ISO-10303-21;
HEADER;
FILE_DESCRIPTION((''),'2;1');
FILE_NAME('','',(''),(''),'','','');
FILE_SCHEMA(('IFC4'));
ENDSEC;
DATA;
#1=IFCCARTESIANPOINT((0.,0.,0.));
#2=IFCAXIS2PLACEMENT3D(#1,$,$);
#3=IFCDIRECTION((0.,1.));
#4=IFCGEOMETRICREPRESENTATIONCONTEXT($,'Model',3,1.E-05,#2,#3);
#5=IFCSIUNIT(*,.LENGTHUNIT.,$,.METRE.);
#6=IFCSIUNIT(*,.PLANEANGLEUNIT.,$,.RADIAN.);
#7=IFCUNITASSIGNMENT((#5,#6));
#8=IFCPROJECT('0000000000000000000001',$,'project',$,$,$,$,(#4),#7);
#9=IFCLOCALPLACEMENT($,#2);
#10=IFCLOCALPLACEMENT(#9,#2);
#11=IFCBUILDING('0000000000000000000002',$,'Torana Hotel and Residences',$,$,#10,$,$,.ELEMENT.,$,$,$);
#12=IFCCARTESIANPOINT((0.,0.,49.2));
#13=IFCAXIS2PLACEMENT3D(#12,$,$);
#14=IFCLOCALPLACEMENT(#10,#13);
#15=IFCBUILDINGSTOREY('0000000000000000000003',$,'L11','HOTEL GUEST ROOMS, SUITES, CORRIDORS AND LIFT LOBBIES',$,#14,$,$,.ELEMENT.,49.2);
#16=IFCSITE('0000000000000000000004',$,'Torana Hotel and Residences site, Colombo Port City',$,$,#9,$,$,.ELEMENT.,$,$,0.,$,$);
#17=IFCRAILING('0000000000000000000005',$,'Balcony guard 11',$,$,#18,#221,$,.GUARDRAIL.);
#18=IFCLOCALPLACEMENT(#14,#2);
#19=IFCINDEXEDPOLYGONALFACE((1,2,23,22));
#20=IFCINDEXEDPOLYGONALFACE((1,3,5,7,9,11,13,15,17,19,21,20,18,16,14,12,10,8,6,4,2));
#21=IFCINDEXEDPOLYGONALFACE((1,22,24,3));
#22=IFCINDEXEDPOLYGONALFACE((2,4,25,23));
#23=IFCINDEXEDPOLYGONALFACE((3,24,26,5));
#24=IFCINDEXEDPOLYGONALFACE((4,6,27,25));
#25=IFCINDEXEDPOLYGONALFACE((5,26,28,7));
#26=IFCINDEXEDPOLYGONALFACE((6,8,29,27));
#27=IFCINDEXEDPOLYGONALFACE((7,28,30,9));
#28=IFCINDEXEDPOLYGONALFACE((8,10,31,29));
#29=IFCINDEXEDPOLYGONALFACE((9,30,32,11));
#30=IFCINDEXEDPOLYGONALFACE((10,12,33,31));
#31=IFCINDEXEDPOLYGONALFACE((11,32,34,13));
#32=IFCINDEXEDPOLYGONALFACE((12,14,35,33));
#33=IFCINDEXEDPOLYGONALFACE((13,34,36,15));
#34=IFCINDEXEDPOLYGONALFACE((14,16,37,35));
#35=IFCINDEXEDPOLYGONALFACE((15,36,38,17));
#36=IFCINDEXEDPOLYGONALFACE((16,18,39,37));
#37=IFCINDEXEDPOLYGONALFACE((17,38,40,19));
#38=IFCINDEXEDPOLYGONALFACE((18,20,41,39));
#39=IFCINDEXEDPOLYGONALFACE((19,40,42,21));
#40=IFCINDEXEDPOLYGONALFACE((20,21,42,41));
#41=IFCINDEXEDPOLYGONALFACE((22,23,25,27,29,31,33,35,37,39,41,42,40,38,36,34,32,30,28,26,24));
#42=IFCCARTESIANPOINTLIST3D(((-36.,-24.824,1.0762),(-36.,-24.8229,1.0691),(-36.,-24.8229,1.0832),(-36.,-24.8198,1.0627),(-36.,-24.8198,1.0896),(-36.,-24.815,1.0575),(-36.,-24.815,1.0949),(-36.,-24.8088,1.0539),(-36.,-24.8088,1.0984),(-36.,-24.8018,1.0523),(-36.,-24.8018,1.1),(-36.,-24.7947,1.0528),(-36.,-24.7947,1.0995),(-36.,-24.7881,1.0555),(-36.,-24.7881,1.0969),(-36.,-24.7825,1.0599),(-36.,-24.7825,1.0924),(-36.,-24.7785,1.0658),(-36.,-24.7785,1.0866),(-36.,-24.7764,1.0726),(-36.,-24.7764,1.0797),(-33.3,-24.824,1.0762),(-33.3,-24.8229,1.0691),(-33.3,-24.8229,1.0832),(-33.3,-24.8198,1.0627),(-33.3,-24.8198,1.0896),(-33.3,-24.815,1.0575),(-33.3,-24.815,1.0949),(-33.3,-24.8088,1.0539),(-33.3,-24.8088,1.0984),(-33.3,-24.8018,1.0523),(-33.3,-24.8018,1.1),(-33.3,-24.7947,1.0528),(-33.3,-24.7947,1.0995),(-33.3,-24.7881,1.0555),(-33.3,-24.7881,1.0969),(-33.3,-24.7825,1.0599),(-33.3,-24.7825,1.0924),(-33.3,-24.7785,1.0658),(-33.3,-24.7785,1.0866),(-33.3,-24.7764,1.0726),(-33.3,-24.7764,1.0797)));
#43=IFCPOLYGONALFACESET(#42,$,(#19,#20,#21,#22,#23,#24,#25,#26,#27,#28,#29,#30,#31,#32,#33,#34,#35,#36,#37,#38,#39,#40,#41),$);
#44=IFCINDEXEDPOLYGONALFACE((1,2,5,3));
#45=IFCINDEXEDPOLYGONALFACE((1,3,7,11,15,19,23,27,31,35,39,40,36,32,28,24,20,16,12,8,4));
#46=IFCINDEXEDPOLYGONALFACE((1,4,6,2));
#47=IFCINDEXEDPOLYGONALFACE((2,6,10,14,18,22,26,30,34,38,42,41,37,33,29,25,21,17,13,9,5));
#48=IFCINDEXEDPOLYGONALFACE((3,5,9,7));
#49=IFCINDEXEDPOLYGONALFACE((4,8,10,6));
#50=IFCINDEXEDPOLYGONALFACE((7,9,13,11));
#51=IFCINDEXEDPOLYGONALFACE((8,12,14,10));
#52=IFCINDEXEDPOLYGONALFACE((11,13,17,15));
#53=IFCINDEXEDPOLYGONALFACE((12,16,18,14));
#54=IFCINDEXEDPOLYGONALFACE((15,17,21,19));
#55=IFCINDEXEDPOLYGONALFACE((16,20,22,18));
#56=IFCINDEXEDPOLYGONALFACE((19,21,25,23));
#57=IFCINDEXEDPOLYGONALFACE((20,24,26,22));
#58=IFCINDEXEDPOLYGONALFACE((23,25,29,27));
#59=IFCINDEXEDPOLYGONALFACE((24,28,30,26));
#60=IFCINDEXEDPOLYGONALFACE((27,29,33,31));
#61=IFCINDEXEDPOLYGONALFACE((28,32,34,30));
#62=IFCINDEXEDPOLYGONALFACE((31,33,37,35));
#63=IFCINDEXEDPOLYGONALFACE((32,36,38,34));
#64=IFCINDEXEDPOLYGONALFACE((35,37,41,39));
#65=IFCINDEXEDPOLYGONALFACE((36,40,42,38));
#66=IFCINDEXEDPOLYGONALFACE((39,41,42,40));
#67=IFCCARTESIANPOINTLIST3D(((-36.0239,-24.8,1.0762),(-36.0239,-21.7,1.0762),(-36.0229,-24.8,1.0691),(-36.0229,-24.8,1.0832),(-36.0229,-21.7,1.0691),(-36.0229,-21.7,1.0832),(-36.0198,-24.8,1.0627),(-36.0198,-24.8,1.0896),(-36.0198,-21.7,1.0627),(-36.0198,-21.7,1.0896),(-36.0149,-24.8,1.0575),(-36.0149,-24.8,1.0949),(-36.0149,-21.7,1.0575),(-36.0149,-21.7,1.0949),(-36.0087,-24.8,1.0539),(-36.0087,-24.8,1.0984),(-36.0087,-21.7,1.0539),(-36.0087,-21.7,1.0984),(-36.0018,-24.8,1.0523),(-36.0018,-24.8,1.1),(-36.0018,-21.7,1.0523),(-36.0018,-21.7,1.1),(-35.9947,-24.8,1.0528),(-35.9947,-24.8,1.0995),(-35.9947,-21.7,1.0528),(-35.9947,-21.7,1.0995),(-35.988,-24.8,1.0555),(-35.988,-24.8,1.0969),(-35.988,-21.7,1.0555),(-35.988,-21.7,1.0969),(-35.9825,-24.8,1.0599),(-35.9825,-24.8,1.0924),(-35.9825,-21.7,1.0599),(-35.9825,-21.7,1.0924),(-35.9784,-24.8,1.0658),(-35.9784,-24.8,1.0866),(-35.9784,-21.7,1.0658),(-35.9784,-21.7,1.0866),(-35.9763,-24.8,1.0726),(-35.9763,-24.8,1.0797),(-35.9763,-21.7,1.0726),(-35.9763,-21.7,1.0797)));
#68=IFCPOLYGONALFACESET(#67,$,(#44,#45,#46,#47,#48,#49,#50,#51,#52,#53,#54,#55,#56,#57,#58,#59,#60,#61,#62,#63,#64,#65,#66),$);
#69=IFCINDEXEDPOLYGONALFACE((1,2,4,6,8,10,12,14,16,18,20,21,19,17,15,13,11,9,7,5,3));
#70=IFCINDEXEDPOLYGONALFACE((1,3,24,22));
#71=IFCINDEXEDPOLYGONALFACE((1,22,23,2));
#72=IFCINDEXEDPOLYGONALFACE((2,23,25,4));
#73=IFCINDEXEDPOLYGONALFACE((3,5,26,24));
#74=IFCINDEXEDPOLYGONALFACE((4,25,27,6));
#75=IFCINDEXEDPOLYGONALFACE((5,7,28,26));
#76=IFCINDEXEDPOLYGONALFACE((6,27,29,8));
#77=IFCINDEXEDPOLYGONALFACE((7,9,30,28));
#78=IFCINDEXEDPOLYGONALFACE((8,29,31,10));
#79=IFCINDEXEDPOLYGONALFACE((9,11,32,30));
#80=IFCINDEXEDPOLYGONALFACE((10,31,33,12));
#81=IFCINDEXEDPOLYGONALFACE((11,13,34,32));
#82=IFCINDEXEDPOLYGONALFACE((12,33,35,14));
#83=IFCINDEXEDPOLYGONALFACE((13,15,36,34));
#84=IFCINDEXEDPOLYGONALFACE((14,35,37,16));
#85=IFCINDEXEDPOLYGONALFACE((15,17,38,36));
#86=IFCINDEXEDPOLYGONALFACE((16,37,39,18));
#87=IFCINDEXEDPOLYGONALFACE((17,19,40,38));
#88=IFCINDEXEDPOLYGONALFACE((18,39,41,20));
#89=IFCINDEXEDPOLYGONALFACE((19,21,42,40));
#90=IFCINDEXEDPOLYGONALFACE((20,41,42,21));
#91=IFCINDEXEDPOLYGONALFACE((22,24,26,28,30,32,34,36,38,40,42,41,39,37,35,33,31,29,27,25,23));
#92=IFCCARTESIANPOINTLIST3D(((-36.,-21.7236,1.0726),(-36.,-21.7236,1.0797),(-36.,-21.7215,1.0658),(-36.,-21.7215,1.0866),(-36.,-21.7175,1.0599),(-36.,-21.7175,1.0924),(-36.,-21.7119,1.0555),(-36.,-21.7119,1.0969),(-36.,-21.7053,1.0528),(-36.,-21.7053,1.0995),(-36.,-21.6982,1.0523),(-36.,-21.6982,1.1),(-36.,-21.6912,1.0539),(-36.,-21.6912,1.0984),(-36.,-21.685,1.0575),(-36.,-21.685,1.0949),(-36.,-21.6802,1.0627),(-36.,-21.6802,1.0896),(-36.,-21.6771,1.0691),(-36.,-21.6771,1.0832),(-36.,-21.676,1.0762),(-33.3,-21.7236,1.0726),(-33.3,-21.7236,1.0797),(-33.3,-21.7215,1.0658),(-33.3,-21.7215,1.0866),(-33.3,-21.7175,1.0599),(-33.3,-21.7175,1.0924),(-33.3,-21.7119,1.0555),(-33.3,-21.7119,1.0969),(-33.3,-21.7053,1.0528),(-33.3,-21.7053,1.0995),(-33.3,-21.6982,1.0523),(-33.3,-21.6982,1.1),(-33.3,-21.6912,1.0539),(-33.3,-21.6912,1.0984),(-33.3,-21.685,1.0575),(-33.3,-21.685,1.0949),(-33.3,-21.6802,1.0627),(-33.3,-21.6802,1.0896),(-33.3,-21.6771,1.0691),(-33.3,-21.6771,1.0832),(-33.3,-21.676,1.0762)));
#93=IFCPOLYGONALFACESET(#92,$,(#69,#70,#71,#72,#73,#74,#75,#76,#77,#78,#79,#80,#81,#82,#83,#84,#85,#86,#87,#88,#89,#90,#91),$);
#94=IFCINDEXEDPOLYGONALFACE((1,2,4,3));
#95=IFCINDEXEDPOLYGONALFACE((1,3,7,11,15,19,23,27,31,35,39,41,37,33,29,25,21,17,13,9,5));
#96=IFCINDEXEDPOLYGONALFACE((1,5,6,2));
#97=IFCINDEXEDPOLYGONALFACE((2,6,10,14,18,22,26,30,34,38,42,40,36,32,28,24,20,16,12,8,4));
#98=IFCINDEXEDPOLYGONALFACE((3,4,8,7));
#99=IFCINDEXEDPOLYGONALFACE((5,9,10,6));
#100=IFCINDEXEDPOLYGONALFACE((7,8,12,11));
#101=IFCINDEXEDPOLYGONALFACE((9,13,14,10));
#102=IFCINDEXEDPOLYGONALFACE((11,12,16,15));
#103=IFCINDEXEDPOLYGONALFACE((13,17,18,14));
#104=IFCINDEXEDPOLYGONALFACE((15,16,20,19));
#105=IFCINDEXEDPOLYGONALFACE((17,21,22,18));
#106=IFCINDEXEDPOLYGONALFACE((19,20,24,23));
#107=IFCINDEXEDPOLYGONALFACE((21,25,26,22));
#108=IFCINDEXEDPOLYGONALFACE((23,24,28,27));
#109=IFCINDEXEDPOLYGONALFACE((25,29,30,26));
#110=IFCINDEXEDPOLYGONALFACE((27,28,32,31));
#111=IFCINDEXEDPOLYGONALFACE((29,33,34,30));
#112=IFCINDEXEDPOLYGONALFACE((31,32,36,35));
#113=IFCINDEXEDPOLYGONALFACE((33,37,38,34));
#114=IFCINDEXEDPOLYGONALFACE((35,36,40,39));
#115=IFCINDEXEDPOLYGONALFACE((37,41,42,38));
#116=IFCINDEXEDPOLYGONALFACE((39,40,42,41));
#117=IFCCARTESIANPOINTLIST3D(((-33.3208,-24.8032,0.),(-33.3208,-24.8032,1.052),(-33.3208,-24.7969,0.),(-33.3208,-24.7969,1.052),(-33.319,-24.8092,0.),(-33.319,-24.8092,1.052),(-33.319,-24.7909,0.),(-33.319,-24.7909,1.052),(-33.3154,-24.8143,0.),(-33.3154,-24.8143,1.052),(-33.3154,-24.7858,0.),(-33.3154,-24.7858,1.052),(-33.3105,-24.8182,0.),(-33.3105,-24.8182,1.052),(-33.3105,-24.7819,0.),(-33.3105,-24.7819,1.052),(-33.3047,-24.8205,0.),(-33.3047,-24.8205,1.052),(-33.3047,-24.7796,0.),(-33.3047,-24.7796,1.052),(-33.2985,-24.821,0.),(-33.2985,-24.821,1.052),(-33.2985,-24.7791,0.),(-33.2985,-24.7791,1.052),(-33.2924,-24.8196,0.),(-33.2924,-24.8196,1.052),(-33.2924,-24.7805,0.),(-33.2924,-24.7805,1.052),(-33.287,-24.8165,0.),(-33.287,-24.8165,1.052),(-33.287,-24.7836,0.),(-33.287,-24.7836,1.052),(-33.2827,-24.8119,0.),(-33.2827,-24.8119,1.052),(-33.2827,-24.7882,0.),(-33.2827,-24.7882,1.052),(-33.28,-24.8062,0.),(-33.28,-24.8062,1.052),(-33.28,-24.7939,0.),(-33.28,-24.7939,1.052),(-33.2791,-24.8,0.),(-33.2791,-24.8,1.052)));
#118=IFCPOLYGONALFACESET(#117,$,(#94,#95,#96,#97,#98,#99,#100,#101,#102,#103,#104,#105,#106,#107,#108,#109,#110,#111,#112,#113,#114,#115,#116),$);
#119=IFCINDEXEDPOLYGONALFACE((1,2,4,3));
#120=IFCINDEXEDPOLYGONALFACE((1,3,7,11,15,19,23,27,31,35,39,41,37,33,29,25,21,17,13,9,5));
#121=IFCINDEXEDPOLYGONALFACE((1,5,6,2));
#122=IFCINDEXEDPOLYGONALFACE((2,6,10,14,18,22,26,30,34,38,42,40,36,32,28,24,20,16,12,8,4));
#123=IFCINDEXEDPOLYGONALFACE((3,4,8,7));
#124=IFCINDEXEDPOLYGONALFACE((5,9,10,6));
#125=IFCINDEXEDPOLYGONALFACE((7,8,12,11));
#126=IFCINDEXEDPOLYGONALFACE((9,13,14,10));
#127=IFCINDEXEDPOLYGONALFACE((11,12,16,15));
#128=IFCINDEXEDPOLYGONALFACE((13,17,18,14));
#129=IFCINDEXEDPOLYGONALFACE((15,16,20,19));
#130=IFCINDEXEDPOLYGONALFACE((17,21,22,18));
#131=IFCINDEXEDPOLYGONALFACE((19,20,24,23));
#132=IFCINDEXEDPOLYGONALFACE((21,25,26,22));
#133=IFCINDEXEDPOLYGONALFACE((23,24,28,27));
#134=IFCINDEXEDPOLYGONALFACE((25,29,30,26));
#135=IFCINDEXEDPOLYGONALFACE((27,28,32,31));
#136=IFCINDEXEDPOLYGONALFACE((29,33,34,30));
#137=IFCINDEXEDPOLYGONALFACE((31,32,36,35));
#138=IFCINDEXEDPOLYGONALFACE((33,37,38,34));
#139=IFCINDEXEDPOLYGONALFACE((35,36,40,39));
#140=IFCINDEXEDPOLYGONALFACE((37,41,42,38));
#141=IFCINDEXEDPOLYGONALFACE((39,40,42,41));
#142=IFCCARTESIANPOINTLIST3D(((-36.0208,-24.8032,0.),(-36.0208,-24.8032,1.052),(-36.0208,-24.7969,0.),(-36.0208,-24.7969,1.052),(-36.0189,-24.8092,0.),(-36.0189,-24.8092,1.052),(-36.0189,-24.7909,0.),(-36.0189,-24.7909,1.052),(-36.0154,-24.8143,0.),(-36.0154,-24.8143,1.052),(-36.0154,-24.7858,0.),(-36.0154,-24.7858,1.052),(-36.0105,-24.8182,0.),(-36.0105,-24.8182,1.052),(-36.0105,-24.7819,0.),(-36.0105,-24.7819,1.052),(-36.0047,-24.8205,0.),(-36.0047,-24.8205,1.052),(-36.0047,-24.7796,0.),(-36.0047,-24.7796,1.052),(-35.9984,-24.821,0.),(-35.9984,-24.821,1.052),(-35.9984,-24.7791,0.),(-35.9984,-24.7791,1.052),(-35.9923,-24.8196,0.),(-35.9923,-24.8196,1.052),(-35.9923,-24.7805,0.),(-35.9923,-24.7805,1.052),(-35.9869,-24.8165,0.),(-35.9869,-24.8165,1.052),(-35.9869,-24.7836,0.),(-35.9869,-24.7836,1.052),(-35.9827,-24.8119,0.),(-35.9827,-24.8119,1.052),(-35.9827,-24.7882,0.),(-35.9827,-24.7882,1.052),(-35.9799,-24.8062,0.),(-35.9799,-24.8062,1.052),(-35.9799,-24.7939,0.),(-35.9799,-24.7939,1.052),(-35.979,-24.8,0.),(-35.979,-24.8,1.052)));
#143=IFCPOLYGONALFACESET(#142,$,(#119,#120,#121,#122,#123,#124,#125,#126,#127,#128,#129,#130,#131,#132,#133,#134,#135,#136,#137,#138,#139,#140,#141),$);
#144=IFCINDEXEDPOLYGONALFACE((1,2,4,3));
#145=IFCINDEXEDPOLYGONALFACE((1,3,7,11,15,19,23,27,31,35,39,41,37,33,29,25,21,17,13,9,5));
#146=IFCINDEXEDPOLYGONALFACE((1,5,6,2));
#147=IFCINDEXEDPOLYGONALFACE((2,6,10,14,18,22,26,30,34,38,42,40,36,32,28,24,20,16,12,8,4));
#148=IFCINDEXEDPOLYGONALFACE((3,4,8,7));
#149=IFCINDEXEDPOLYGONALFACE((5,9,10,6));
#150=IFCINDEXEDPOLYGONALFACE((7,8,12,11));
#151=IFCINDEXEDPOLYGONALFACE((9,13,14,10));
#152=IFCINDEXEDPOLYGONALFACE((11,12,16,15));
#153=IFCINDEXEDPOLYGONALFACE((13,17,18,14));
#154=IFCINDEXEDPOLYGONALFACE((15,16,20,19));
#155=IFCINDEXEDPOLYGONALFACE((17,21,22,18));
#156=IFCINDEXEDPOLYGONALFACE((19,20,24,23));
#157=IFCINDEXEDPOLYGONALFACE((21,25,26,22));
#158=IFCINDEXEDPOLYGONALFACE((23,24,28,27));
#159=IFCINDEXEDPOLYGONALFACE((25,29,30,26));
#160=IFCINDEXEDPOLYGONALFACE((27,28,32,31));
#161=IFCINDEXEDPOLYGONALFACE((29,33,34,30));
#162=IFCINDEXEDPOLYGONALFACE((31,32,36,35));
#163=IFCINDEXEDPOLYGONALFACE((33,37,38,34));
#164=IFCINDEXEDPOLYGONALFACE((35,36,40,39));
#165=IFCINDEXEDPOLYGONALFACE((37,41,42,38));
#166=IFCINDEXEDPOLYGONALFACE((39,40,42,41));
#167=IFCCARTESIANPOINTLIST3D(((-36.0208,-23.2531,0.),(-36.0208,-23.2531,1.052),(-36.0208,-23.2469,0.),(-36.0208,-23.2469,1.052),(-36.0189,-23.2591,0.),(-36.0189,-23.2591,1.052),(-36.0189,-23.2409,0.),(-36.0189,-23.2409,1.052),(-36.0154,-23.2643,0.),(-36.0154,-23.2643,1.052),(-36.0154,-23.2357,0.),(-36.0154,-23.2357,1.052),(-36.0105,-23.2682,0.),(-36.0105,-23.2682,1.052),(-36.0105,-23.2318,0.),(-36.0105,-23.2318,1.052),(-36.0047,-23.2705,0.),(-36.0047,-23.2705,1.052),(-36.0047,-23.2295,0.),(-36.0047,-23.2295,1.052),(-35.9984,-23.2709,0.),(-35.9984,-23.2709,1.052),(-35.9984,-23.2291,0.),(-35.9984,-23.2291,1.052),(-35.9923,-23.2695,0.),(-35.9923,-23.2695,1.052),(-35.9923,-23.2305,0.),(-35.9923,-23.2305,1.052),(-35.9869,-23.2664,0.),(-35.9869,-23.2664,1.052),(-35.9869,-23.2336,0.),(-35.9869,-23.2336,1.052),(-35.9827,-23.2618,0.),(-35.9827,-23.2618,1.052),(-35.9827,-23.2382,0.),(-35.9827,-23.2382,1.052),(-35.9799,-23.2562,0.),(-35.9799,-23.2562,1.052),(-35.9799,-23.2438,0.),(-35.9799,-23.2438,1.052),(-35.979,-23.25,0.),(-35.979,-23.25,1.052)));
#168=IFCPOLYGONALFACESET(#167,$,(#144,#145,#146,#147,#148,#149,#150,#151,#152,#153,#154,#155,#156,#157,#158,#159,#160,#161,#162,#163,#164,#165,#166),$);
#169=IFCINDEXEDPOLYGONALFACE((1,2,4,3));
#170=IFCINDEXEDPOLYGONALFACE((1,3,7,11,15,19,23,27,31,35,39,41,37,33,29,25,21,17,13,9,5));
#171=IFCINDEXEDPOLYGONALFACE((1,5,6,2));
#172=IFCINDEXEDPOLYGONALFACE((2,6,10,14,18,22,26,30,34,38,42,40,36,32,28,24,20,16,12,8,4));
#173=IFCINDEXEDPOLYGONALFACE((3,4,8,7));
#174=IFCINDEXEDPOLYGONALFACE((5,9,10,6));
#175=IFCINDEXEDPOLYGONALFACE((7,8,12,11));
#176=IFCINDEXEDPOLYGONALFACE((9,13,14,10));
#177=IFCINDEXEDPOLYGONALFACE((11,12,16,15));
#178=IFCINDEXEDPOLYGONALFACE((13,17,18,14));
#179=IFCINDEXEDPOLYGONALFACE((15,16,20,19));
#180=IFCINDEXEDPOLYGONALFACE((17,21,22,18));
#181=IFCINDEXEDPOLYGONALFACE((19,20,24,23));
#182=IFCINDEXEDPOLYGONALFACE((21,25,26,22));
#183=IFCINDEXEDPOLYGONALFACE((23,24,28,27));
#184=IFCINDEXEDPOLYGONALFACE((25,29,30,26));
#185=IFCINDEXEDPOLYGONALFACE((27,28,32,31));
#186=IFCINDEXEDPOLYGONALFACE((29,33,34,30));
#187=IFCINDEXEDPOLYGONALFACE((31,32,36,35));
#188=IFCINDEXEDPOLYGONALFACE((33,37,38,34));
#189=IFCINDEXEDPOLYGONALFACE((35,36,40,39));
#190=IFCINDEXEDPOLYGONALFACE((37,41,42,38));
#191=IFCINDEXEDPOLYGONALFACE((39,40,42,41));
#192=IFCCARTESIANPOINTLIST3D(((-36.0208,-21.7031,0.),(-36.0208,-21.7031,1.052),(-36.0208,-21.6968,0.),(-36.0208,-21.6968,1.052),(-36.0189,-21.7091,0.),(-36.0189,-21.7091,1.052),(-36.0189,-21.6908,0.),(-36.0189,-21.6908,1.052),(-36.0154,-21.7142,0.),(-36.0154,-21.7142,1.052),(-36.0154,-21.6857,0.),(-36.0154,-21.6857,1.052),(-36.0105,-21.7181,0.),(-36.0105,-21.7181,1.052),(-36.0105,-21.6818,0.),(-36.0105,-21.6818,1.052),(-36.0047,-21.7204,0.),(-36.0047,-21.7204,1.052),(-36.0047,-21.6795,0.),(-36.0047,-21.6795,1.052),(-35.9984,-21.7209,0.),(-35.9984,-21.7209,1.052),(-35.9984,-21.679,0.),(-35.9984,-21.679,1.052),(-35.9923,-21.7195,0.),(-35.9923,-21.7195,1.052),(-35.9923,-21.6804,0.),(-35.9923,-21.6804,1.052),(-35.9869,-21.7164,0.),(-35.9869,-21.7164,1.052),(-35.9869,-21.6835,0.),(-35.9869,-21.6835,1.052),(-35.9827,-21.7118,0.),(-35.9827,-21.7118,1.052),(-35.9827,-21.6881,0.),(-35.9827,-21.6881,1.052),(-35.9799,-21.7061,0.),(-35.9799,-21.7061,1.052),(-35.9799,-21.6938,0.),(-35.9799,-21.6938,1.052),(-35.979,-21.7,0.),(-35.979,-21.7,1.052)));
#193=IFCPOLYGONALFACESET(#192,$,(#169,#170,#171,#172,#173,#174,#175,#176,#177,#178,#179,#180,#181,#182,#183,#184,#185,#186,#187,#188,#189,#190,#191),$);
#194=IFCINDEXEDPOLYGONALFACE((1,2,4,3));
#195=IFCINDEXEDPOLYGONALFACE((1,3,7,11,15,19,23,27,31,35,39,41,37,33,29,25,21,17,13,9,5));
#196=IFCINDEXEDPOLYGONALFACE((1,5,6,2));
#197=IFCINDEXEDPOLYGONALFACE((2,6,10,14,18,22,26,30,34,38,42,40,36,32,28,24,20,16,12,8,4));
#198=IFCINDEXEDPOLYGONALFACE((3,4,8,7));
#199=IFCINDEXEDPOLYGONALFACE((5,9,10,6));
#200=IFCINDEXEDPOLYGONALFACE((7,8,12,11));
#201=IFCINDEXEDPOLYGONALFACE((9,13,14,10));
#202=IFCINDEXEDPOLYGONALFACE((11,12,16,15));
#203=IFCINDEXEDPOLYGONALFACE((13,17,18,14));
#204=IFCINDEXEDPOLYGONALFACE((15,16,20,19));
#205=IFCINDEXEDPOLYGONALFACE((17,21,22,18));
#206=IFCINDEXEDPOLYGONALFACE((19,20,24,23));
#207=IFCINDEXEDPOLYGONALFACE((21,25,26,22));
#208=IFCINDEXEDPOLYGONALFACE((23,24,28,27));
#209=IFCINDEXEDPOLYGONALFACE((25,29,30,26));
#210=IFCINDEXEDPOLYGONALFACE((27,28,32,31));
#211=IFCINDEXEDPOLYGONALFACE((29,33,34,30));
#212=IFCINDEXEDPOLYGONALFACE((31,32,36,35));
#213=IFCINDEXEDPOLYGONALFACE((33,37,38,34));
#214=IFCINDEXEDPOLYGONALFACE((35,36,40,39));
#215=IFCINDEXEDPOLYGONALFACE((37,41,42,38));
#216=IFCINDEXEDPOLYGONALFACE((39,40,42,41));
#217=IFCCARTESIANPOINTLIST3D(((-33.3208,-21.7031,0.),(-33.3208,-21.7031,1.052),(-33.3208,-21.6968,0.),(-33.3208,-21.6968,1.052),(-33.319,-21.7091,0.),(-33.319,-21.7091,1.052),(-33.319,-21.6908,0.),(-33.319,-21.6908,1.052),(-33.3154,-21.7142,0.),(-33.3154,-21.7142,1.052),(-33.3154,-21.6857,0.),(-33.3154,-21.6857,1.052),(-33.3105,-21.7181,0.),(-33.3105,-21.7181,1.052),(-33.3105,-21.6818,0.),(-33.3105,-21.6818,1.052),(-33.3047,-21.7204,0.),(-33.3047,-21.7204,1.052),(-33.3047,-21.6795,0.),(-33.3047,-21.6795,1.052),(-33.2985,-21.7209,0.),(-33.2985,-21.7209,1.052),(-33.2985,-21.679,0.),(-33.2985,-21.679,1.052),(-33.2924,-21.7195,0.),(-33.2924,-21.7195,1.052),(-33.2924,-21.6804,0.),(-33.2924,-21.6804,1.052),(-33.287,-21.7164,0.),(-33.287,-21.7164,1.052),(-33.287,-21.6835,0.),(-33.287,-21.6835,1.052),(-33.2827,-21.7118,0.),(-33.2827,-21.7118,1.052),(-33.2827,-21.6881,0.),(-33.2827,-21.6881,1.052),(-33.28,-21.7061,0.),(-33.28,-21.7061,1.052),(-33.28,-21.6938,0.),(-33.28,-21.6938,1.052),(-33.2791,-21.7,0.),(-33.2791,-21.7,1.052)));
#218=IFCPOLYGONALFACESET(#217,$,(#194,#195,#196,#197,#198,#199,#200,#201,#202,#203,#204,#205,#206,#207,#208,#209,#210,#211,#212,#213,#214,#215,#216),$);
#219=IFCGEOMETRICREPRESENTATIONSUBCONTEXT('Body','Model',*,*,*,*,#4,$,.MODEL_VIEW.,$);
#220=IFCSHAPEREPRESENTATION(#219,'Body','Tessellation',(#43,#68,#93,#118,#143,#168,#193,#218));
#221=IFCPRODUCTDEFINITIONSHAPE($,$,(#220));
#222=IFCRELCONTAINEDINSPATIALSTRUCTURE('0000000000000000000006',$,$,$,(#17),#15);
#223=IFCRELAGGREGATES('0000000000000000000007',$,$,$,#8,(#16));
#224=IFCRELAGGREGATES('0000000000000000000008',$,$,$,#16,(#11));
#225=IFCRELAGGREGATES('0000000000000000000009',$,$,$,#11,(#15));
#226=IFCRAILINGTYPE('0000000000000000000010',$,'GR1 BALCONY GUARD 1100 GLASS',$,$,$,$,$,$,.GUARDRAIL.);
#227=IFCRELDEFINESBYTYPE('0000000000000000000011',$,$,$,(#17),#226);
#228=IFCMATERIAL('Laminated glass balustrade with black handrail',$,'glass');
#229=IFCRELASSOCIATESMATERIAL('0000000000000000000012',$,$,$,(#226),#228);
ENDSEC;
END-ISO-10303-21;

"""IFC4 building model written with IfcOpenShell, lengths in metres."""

from ifc_helpers import new_model, si_unit, direction, frame, origin, origin_2d, place, context, subcontext, project, spatial, circle, extrude, material, type_object, element, save


model = new_model("IFC4")

# Units and contexts
model_context = context("Model", 3, precision=1e-05, world=origin(), true_north=direction((0.0, 1.0)))
body_context = subcontext(model_context, "Body", "Model", "MODEL_VIEW")
ifc_project = project(units=[si_unit("LENGTHUNIT", "METRE"), si_unit("PLANEANGLEUNIT", "RADIAN")], contexts=[model_context])

# Site, building, storey
site_placement = place(None, origin())
site = spatial("IfcSite", under=ifc_project, at=site_placement, Name="Torana Hotel and Residences site, Colombo Port City", CompositionType="ELEMENT", RefElevation=0.0)
building_placement = place(site_placement, origin())
building = spatial("IfcBuilding", under=site, at=building_placement, Name="Torana Hotel and Residences", CompositionType="ELEMENT")
storey_placement = place(building_placement, frame((0.0, 0.0, 49.2)))
storey = spatial("IfcBuildingStorey", under=building, at=storey_placement, Name="L11", Description="HOTEL GUEST ROOMS, SUITES, CORRIDORS AND LIFT LOBBIES", CompositionType="ELEMENT", Elevation=49.2)

# Railing
ifc_material_1 = material(Name="Laminated glass balustrade with black handrail", Category="glass")
railing_type = type_object("IfcRailingType", Name="GR1 BALCONY GUARD 1100 GLASS", PredefinedType="GUARDRAIL", material=ifc_material_1)
railing_placement = place(storey_placement, frame((-33.3, -24.8, 0.0)))
element("IfcRailing", 1, at=railing_placement, inside=storey, type_object=railing_type, Name="Balcony guard 11", PredefinedType="GUARDRAIL", context=body_context, shape_type="SweptSolid", body=[
    extrude(circle(Radius=0.0239, at=origin_2d()), frame((0.0, 0.0, 1.0762), z_axis=(-1.0, 0.0, 0.0), x_axis=(0.0, -1.0, 0.0)), (0.0, 0.0, 1.0), 2.7),
    extrude(circle(Radius=0.0239, at=origin_2d()), frame((-2.7, 0.0, 1.0762), z_axis=(0.0, 1.0, 0.0), x_axis=(-1.0, 0.0, 0.0)), (0.0, 0.0, 1.0), 3.1001),
    extrude(circle(Radius=0.0239, at=origin_2d()), frame((-2.7, 3.1001, 1.0762), z_axis=(1.0, 0.0, 0.0), x_axis=(0.0, 1.0, 0.0)), (0.0, 0.0, 1.0), 2.7),
    extrude(circle(Radius=0.021, at=origin_2d()), origin(), (0.0, 0.0, 1.0), 1.052),
    extrude(circle(Radius=0.021, at=origin_2d()), frame((-2.7, 0.0, 0.0)), (0.0, 0.0, 1.0), 1.052),
    extrude(circle(Radius=0.021, at=origin_2d()), frame((-2.7, 1.55, 0.0)), (0.0, 0.0, 1.0), 1.052),
    extrude(circle(Radius=0.021, at=origin_2d()), frame((-2.7, 3.1001, 0.0)), (0.0, 0.0, 1.0), 1.052),
    extrude(circle(Radius=0.021, at=origin_2d()), frame((0.0, 3.1001, 0.0)), (0.0, 0.0, 1.0), 1.052),
])

save(model, "model.ifc")
